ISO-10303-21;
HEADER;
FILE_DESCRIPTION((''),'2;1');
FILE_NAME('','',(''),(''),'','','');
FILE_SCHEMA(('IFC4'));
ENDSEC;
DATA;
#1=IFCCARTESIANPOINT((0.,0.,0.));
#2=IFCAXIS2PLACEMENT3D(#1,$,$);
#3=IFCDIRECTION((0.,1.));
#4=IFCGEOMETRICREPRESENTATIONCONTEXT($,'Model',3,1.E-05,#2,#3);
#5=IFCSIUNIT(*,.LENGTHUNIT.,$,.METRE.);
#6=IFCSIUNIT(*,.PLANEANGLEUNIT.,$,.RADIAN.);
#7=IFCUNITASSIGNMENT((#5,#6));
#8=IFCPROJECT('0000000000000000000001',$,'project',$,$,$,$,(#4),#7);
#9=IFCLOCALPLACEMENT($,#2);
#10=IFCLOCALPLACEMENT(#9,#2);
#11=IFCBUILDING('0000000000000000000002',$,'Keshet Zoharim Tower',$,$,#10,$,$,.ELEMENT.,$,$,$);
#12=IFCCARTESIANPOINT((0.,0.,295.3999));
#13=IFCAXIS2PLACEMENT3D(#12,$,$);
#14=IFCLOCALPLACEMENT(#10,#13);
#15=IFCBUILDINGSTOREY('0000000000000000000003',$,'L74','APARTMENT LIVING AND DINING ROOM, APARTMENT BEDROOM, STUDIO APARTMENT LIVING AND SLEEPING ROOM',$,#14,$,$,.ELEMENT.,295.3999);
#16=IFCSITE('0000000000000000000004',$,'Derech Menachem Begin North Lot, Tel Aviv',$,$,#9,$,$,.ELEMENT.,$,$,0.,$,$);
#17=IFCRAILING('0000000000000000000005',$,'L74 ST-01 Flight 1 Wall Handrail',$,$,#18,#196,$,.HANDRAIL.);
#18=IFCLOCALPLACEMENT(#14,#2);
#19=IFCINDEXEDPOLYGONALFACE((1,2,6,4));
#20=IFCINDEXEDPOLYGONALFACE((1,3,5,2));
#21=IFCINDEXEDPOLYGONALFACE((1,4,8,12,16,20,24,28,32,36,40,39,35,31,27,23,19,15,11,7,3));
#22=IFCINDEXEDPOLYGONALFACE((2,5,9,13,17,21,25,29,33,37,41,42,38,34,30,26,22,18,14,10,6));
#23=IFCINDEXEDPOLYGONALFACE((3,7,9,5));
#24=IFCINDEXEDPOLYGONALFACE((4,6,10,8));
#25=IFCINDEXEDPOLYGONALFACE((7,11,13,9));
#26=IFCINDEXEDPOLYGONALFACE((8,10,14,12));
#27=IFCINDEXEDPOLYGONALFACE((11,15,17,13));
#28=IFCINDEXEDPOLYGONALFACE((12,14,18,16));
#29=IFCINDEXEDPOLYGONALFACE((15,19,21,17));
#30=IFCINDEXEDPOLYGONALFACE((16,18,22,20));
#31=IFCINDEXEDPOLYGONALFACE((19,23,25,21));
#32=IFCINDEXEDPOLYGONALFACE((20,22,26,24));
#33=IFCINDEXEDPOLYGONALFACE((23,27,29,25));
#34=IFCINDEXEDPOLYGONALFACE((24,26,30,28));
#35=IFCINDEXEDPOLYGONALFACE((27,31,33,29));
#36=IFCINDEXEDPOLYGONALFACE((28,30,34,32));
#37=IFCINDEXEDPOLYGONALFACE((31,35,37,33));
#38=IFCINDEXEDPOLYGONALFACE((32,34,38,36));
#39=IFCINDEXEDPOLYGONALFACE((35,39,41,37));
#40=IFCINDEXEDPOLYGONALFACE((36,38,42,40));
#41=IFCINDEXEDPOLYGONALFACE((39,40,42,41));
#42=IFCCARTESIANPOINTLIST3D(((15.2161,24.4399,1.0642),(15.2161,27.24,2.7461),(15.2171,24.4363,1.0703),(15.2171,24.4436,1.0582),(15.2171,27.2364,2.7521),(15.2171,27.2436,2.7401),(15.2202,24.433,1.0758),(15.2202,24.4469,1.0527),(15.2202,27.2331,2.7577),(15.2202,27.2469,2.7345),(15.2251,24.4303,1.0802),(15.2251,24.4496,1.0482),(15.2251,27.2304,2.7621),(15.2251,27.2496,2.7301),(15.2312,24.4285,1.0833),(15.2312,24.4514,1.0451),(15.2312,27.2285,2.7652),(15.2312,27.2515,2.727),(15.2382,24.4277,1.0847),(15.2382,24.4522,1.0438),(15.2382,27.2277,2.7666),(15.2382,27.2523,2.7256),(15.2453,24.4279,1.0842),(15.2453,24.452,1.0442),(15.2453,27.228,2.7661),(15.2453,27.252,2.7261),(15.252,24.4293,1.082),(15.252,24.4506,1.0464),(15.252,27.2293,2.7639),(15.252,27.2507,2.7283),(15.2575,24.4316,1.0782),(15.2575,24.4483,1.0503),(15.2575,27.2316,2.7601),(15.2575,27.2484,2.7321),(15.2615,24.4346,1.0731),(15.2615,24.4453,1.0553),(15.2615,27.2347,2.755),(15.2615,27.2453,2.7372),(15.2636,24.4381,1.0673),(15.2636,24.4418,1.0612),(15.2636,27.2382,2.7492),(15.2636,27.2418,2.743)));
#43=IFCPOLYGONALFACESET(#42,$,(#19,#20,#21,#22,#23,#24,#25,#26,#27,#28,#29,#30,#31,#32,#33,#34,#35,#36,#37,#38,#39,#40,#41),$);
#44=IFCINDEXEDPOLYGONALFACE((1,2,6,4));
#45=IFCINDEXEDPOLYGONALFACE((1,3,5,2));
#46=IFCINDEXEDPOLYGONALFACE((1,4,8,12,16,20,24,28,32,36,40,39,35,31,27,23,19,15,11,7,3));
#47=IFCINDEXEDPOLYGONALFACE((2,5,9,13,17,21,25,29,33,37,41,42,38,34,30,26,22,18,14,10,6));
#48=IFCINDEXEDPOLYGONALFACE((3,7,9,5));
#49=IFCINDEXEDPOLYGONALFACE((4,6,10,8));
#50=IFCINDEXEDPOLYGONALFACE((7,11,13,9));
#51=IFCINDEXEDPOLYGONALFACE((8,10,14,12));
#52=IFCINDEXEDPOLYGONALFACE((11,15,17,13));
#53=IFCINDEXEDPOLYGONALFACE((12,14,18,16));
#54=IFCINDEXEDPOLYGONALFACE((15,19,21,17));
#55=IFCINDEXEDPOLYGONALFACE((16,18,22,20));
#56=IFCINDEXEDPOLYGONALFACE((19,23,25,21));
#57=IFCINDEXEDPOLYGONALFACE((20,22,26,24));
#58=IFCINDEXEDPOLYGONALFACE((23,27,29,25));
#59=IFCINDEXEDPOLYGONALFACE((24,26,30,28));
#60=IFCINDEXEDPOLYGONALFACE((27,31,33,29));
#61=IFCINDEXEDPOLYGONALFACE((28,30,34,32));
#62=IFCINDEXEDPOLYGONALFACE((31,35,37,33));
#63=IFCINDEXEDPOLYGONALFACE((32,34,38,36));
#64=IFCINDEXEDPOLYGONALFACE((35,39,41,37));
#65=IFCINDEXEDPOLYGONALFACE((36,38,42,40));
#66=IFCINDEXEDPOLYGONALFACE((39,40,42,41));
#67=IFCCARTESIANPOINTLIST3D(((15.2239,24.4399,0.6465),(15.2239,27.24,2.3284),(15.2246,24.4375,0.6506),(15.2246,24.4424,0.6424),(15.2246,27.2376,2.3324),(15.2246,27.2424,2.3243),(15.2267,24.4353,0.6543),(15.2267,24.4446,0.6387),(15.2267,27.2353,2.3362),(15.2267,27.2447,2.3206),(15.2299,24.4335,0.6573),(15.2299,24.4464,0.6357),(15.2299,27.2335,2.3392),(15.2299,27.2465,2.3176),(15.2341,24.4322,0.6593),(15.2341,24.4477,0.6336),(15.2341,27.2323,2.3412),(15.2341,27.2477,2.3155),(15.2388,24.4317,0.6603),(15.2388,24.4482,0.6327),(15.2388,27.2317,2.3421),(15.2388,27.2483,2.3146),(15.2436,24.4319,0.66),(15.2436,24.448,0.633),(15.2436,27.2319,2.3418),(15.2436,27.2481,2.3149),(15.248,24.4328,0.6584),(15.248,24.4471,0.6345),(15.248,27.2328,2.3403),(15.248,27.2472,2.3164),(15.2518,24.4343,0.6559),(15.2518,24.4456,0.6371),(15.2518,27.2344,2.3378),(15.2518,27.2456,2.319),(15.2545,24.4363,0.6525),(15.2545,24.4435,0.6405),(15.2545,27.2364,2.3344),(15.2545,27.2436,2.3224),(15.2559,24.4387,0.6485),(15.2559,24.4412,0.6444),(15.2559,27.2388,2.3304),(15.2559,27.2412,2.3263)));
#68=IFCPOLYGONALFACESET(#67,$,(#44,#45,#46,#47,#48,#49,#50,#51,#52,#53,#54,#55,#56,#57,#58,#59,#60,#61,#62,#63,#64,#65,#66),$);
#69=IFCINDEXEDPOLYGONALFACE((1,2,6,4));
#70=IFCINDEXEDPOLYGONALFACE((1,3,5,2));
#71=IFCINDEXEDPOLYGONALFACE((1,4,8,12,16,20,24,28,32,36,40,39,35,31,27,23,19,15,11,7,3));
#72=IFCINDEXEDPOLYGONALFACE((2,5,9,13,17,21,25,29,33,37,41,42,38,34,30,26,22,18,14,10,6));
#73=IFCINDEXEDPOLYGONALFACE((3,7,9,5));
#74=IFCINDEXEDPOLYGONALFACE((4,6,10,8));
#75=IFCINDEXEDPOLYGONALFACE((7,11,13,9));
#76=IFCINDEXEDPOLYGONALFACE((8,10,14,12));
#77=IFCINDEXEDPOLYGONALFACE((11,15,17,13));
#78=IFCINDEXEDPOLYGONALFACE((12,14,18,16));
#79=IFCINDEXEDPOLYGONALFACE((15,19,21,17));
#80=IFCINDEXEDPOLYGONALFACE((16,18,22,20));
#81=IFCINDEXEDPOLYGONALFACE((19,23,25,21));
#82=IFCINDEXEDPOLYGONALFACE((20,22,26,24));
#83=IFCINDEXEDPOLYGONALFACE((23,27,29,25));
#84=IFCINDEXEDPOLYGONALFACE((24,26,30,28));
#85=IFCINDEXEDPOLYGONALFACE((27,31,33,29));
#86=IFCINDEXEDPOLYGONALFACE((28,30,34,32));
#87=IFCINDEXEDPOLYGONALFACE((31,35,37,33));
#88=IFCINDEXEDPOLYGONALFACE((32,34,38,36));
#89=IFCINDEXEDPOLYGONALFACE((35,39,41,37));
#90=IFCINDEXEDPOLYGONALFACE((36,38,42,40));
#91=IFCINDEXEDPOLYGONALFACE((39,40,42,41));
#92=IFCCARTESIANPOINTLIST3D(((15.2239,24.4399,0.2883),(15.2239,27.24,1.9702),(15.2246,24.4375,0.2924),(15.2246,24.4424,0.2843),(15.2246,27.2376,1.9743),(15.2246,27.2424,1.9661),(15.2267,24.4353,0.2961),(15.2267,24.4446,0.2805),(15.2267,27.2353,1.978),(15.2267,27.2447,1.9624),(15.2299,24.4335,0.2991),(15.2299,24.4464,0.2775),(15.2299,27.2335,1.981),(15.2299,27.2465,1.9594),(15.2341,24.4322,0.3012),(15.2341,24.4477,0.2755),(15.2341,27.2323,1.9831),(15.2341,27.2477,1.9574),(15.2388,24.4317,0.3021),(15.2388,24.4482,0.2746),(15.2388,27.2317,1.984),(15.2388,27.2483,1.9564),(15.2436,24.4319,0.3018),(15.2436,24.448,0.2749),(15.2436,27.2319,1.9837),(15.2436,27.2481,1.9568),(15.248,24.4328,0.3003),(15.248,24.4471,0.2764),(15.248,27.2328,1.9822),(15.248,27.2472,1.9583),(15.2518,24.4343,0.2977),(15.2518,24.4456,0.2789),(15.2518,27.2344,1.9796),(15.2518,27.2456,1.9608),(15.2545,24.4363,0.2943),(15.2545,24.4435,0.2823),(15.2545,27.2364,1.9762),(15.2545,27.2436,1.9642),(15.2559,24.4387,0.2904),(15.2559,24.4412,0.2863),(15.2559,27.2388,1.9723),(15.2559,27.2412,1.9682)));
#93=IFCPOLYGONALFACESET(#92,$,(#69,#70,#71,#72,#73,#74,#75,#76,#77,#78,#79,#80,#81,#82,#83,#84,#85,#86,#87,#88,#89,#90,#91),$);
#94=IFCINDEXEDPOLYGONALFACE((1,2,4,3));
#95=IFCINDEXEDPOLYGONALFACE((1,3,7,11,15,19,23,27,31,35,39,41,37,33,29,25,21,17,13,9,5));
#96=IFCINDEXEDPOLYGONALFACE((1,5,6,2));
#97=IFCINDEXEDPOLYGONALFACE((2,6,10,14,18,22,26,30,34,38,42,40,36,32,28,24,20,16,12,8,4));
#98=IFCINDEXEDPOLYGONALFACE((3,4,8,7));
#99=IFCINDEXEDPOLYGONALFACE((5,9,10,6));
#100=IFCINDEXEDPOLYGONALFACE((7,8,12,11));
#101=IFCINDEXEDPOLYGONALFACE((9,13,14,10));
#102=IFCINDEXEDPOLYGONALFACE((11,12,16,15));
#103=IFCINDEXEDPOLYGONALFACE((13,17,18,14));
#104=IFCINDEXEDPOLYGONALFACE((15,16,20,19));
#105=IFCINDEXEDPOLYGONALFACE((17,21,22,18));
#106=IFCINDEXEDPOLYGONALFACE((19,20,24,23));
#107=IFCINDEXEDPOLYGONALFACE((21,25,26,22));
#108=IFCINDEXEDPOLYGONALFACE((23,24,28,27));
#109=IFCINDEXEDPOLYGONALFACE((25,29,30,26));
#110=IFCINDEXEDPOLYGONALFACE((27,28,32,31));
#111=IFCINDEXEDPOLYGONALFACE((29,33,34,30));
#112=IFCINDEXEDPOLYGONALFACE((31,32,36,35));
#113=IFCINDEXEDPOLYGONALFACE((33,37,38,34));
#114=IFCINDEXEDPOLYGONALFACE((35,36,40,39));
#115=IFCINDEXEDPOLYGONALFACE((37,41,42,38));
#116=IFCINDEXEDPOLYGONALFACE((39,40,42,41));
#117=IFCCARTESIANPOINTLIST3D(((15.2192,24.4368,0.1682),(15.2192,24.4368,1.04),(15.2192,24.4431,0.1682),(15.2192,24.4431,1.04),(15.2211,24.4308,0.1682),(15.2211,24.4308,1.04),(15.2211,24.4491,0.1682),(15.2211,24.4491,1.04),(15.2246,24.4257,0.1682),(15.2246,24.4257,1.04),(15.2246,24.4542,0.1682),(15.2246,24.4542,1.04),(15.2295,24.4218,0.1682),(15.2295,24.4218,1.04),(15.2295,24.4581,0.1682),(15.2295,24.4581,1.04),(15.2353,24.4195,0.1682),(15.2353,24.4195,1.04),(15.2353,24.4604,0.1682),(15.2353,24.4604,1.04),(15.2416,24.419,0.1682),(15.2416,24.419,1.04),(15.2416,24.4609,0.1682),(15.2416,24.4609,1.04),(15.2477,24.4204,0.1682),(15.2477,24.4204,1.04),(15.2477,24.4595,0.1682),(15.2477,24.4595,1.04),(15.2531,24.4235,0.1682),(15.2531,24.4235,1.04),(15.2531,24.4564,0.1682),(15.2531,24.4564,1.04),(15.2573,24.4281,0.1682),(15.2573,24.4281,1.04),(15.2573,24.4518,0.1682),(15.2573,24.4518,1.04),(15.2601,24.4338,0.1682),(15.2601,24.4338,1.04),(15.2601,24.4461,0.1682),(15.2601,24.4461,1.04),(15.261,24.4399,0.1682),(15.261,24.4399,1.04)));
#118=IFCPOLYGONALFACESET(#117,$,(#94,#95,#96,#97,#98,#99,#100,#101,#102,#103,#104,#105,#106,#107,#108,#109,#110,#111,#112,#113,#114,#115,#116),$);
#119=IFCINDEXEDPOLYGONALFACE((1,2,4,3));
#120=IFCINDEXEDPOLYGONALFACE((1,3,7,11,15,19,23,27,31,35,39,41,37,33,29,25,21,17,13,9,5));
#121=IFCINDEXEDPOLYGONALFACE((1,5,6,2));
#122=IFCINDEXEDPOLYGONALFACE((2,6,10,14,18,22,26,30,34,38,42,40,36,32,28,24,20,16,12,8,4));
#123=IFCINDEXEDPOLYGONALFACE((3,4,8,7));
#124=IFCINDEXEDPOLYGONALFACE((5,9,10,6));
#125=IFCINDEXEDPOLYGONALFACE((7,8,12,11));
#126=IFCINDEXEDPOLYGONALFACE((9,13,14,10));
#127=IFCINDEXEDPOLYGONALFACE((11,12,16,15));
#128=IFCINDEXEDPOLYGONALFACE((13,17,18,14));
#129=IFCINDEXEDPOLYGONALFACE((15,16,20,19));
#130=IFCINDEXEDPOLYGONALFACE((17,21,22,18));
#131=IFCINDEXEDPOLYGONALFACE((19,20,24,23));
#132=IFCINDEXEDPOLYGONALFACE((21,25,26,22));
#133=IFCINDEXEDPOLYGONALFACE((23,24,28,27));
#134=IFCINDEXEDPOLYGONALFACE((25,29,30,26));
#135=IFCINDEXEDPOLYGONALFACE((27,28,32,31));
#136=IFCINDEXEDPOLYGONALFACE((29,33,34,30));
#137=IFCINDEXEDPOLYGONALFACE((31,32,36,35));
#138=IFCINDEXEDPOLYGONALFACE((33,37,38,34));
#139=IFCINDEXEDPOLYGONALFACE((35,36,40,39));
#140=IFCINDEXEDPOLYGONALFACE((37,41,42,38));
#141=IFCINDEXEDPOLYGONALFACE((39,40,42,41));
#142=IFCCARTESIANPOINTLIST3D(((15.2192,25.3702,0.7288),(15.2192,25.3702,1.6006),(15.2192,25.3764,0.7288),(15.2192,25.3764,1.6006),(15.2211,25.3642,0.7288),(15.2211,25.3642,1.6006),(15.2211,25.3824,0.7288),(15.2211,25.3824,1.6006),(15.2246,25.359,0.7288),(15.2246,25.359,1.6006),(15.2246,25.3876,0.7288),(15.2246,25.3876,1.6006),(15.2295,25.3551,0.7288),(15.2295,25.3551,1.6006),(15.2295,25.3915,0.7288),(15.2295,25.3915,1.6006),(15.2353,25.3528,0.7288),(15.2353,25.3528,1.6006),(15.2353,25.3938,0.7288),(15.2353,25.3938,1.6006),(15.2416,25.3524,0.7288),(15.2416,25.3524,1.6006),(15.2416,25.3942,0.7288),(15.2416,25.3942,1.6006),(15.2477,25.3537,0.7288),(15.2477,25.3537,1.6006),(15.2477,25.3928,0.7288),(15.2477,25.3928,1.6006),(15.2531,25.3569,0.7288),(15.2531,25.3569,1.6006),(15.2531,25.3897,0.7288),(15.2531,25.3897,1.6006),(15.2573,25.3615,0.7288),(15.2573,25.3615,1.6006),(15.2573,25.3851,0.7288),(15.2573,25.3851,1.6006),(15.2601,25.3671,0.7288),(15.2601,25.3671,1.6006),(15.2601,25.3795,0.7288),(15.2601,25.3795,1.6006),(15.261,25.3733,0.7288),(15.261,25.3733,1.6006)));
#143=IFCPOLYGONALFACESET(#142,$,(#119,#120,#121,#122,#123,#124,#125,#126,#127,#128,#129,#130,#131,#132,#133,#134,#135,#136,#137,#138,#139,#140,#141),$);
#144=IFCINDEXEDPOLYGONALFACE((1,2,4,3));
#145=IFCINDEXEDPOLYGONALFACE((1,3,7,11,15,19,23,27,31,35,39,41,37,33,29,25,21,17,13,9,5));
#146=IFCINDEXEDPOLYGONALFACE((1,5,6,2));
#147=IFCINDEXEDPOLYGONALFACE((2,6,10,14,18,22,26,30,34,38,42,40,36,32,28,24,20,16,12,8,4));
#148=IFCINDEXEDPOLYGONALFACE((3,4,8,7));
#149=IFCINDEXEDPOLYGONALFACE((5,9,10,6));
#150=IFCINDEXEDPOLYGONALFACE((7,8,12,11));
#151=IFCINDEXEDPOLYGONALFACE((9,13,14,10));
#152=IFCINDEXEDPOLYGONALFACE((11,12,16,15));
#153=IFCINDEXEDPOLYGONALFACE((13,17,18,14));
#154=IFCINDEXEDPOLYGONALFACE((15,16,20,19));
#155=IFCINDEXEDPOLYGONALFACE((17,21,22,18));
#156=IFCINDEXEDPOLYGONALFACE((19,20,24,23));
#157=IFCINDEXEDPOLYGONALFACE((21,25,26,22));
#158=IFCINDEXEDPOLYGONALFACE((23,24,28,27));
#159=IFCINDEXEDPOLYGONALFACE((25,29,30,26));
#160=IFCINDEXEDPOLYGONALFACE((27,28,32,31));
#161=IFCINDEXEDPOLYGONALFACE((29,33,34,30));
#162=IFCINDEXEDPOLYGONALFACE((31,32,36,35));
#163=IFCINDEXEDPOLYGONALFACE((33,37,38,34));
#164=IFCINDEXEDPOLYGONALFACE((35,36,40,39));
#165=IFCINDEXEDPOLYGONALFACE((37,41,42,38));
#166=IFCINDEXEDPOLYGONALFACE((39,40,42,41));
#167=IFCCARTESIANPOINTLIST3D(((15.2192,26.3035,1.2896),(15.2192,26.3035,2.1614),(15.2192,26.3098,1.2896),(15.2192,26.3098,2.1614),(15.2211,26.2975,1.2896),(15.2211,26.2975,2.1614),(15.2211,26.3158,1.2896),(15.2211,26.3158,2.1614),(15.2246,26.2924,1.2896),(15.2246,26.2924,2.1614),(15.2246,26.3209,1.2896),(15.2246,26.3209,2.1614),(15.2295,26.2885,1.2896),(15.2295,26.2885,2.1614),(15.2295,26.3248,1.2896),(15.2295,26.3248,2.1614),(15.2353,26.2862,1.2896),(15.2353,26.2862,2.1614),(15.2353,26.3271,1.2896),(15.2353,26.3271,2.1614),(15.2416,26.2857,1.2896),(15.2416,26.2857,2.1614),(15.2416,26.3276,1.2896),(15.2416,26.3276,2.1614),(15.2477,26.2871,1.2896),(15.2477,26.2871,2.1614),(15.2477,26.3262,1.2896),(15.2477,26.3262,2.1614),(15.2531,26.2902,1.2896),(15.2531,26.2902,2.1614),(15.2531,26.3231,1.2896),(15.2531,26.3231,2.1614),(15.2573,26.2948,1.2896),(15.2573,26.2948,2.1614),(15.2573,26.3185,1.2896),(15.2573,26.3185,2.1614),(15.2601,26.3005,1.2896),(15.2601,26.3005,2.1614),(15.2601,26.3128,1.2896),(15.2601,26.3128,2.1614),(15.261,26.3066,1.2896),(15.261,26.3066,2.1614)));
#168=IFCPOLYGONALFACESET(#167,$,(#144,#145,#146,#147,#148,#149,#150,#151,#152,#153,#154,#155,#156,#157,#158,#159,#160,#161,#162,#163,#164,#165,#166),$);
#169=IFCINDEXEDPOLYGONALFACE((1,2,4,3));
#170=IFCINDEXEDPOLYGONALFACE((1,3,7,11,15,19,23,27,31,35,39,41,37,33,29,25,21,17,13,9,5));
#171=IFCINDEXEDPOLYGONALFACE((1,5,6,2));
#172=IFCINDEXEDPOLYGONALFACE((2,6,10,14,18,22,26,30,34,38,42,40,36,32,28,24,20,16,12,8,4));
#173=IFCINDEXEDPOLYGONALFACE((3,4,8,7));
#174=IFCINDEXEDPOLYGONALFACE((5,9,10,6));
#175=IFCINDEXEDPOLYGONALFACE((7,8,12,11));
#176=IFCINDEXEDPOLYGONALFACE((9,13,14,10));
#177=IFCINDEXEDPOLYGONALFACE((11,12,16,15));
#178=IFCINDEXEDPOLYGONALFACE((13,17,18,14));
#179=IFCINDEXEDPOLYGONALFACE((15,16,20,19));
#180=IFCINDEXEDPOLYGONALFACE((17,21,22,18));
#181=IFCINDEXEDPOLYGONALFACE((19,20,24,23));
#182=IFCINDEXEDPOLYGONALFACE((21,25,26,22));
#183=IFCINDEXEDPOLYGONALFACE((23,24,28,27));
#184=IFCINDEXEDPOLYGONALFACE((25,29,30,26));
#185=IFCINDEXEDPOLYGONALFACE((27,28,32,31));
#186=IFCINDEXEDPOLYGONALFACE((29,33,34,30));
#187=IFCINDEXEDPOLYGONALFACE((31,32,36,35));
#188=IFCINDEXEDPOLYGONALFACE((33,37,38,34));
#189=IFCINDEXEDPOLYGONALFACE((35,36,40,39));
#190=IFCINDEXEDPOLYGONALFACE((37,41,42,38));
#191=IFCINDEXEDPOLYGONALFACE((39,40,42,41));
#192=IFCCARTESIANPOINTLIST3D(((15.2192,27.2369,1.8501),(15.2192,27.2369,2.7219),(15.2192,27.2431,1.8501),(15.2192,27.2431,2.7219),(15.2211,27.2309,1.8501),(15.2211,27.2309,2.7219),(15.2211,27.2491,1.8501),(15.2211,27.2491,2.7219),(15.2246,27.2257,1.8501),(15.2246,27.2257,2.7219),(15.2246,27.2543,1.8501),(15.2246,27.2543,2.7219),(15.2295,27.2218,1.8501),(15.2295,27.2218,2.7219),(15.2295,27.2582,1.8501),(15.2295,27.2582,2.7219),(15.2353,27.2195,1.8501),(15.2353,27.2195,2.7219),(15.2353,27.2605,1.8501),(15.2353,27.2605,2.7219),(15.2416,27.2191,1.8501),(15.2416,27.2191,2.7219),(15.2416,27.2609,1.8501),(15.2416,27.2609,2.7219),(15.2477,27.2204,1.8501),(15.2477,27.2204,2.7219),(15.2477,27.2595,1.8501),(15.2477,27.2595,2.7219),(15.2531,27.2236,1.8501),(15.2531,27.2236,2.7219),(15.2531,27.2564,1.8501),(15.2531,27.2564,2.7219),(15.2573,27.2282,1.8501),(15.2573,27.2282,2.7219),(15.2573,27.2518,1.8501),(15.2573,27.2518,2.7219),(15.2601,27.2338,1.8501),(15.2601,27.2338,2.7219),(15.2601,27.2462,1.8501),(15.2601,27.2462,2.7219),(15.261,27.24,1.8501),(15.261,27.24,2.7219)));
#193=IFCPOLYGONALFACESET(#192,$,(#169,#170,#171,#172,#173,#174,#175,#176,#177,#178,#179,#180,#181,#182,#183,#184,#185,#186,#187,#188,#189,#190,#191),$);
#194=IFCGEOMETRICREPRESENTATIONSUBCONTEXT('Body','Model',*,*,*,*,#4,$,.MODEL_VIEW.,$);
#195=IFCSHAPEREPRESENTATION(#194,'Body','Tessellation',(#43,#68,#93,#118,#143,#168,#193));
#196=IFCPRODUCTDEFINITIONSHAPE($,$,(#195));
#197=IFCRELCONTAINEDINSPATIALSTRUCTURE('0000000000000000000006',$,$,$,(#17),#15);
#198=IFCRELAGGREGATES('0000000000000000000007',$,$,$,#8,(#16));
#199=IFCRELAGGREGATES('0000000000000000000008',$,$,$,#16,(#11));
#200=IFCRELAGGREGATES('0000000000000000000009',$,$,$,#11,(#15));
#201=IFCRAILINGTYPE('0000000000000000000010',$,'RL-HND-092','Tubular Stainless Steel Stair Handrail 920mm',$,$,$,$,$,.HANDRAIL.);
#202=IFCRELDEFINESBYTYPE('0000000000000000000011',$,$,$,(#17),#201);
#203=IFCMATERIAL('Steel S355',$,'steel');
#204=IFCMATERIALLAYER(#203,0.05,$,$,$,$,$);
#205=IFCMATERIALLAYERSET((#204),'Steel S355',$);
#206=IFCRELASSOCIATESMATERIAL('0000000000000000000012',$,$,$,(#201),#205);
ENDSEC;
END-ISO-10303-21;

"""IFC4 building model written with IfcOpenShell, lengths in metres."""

from ifc_helpers import new_model, si_unit, direction, frame, origin, origin_2d, place, context, subcontext, project, spatial, circle, extrude, material, layer, layer_set, type_object, element, save


model = new_model("IFC4")

# Units and contexts
model_context = context("Model", 3, precision=1e-05, world=origin(), true_north=direction((0.0, 1.0)))
body_context = subcontext(model_context, "Body", "Model", "MODEL_VIEW")
ifc_project = project(units=[si_unit("LENGTHUNIT", "METRE"), si_unit("PLANEANGLEUNIT", "RADIAN")], contexts=[model_context])

# Site, building, storey
site_placement = place(None, origin())
site = spatial("IfcSite", under=ifc_project, at=site_placement, Name="Derech Menachem Begin North Lot, Tel Aviv", CompositionType="ELEMENT", RefElevation=0.0)
building_placement = place(site_placement, origin())
building = spatial("IfcBuilding", under=site, at=building_placement, Name="Keshet Zoharim Tower", CompositionType="ELEMENT")
storey_placement = place(building_placement, frame((0.0, 0.0, 295.3999)))
storey = spatial("IfcBuildingStorey", under=building, at=storey_placement, Name="L74", Description="APARTMENT LIVING AND DINING ROOM, APARTMENT BEDROOM, STUDIO APARTMENT LIVING AND SLEEPING ROOM", CompositionType="ELEMENT", Elevation=295.3999)

# Shared definitions
ifc_material_1 = material(Name="Steel S355", Category="steel")

# Railing
ifc_layer_1 = layer(ifc_material_1, 0.05)
ifc_layer_set_1 = layer_set([ifc_layer_1], Name="Steel S355")
railing_type_1 = type_object("IfcRailingType", Name="RL-HND-092", Description="Tubular Stainless Steel Stair Handrail 920mm", PredefinedType="HANDRAIL", material=ifc_layer_set_1)
railing_1_placement = place(storey_placement, frame((15.24, 24.4399, 0.1682)))
element("IfcRailing", 1, at=railing_1_placement, inside=storey, type_object=railing_type_1, Name="L74 ST-01 Flight 1 Wall Handrail", PredefinedType="HANDRAIL", context=body_context, shape_type="SweptSolid", body=[
    extrude(circle(Radius=0.0239, at=origin_2d()), frame((0.0, 0.0, 0.896), z_axis=(0.0, 0.857242, 0.514913), x_axis=(-1.0, 0.0, 0.0)), (0.0, 0.0, 1.0), 3.2664),
    extrude(circle(Radius=0.0161, at=origin_2d()), frame((0.0, 0.0, 0.4783), z_axis=(0.0, 0.857242, 0.514913), x_axis=(-1.0, 0.0, 0.0)), (0.0, 0.0, 1.0), 3.2664),
    extrude(circle(Radius=0.0161, at=origin_2d()), frame((0.0, 0.0, 0.1201), z_axis=(0.0, 0.857242, 0.514913), x_axis=(-1.0, 0.0, 0.0)), (0.0, 0.0, 1.0), 3.2664),
    extrude(circle(Radius=0.021, at=origin_2d()), origin(), (0.0, 0.0, 1.0), 0.8718),
    extrude(circle(Radius=0.021, at=origin_2d()), frame((0.0, 0.9333, 0.5605)), (0.0, 0.0, 1.0), 0.8718),
    extrude(circle(Radius=0.021, at=origin_2d()), frame((0.0, 1.8667, 1.1213)), (0.0, 0.0, 1.0), 0.8718),
    extrude(circle(Radius=0.021, at=origin_2d()), frame((0.0, 2.8, 1.6819)), (0.0, 0.0, 1.0), 0.8718),
])

save(model, "model.ifc")
